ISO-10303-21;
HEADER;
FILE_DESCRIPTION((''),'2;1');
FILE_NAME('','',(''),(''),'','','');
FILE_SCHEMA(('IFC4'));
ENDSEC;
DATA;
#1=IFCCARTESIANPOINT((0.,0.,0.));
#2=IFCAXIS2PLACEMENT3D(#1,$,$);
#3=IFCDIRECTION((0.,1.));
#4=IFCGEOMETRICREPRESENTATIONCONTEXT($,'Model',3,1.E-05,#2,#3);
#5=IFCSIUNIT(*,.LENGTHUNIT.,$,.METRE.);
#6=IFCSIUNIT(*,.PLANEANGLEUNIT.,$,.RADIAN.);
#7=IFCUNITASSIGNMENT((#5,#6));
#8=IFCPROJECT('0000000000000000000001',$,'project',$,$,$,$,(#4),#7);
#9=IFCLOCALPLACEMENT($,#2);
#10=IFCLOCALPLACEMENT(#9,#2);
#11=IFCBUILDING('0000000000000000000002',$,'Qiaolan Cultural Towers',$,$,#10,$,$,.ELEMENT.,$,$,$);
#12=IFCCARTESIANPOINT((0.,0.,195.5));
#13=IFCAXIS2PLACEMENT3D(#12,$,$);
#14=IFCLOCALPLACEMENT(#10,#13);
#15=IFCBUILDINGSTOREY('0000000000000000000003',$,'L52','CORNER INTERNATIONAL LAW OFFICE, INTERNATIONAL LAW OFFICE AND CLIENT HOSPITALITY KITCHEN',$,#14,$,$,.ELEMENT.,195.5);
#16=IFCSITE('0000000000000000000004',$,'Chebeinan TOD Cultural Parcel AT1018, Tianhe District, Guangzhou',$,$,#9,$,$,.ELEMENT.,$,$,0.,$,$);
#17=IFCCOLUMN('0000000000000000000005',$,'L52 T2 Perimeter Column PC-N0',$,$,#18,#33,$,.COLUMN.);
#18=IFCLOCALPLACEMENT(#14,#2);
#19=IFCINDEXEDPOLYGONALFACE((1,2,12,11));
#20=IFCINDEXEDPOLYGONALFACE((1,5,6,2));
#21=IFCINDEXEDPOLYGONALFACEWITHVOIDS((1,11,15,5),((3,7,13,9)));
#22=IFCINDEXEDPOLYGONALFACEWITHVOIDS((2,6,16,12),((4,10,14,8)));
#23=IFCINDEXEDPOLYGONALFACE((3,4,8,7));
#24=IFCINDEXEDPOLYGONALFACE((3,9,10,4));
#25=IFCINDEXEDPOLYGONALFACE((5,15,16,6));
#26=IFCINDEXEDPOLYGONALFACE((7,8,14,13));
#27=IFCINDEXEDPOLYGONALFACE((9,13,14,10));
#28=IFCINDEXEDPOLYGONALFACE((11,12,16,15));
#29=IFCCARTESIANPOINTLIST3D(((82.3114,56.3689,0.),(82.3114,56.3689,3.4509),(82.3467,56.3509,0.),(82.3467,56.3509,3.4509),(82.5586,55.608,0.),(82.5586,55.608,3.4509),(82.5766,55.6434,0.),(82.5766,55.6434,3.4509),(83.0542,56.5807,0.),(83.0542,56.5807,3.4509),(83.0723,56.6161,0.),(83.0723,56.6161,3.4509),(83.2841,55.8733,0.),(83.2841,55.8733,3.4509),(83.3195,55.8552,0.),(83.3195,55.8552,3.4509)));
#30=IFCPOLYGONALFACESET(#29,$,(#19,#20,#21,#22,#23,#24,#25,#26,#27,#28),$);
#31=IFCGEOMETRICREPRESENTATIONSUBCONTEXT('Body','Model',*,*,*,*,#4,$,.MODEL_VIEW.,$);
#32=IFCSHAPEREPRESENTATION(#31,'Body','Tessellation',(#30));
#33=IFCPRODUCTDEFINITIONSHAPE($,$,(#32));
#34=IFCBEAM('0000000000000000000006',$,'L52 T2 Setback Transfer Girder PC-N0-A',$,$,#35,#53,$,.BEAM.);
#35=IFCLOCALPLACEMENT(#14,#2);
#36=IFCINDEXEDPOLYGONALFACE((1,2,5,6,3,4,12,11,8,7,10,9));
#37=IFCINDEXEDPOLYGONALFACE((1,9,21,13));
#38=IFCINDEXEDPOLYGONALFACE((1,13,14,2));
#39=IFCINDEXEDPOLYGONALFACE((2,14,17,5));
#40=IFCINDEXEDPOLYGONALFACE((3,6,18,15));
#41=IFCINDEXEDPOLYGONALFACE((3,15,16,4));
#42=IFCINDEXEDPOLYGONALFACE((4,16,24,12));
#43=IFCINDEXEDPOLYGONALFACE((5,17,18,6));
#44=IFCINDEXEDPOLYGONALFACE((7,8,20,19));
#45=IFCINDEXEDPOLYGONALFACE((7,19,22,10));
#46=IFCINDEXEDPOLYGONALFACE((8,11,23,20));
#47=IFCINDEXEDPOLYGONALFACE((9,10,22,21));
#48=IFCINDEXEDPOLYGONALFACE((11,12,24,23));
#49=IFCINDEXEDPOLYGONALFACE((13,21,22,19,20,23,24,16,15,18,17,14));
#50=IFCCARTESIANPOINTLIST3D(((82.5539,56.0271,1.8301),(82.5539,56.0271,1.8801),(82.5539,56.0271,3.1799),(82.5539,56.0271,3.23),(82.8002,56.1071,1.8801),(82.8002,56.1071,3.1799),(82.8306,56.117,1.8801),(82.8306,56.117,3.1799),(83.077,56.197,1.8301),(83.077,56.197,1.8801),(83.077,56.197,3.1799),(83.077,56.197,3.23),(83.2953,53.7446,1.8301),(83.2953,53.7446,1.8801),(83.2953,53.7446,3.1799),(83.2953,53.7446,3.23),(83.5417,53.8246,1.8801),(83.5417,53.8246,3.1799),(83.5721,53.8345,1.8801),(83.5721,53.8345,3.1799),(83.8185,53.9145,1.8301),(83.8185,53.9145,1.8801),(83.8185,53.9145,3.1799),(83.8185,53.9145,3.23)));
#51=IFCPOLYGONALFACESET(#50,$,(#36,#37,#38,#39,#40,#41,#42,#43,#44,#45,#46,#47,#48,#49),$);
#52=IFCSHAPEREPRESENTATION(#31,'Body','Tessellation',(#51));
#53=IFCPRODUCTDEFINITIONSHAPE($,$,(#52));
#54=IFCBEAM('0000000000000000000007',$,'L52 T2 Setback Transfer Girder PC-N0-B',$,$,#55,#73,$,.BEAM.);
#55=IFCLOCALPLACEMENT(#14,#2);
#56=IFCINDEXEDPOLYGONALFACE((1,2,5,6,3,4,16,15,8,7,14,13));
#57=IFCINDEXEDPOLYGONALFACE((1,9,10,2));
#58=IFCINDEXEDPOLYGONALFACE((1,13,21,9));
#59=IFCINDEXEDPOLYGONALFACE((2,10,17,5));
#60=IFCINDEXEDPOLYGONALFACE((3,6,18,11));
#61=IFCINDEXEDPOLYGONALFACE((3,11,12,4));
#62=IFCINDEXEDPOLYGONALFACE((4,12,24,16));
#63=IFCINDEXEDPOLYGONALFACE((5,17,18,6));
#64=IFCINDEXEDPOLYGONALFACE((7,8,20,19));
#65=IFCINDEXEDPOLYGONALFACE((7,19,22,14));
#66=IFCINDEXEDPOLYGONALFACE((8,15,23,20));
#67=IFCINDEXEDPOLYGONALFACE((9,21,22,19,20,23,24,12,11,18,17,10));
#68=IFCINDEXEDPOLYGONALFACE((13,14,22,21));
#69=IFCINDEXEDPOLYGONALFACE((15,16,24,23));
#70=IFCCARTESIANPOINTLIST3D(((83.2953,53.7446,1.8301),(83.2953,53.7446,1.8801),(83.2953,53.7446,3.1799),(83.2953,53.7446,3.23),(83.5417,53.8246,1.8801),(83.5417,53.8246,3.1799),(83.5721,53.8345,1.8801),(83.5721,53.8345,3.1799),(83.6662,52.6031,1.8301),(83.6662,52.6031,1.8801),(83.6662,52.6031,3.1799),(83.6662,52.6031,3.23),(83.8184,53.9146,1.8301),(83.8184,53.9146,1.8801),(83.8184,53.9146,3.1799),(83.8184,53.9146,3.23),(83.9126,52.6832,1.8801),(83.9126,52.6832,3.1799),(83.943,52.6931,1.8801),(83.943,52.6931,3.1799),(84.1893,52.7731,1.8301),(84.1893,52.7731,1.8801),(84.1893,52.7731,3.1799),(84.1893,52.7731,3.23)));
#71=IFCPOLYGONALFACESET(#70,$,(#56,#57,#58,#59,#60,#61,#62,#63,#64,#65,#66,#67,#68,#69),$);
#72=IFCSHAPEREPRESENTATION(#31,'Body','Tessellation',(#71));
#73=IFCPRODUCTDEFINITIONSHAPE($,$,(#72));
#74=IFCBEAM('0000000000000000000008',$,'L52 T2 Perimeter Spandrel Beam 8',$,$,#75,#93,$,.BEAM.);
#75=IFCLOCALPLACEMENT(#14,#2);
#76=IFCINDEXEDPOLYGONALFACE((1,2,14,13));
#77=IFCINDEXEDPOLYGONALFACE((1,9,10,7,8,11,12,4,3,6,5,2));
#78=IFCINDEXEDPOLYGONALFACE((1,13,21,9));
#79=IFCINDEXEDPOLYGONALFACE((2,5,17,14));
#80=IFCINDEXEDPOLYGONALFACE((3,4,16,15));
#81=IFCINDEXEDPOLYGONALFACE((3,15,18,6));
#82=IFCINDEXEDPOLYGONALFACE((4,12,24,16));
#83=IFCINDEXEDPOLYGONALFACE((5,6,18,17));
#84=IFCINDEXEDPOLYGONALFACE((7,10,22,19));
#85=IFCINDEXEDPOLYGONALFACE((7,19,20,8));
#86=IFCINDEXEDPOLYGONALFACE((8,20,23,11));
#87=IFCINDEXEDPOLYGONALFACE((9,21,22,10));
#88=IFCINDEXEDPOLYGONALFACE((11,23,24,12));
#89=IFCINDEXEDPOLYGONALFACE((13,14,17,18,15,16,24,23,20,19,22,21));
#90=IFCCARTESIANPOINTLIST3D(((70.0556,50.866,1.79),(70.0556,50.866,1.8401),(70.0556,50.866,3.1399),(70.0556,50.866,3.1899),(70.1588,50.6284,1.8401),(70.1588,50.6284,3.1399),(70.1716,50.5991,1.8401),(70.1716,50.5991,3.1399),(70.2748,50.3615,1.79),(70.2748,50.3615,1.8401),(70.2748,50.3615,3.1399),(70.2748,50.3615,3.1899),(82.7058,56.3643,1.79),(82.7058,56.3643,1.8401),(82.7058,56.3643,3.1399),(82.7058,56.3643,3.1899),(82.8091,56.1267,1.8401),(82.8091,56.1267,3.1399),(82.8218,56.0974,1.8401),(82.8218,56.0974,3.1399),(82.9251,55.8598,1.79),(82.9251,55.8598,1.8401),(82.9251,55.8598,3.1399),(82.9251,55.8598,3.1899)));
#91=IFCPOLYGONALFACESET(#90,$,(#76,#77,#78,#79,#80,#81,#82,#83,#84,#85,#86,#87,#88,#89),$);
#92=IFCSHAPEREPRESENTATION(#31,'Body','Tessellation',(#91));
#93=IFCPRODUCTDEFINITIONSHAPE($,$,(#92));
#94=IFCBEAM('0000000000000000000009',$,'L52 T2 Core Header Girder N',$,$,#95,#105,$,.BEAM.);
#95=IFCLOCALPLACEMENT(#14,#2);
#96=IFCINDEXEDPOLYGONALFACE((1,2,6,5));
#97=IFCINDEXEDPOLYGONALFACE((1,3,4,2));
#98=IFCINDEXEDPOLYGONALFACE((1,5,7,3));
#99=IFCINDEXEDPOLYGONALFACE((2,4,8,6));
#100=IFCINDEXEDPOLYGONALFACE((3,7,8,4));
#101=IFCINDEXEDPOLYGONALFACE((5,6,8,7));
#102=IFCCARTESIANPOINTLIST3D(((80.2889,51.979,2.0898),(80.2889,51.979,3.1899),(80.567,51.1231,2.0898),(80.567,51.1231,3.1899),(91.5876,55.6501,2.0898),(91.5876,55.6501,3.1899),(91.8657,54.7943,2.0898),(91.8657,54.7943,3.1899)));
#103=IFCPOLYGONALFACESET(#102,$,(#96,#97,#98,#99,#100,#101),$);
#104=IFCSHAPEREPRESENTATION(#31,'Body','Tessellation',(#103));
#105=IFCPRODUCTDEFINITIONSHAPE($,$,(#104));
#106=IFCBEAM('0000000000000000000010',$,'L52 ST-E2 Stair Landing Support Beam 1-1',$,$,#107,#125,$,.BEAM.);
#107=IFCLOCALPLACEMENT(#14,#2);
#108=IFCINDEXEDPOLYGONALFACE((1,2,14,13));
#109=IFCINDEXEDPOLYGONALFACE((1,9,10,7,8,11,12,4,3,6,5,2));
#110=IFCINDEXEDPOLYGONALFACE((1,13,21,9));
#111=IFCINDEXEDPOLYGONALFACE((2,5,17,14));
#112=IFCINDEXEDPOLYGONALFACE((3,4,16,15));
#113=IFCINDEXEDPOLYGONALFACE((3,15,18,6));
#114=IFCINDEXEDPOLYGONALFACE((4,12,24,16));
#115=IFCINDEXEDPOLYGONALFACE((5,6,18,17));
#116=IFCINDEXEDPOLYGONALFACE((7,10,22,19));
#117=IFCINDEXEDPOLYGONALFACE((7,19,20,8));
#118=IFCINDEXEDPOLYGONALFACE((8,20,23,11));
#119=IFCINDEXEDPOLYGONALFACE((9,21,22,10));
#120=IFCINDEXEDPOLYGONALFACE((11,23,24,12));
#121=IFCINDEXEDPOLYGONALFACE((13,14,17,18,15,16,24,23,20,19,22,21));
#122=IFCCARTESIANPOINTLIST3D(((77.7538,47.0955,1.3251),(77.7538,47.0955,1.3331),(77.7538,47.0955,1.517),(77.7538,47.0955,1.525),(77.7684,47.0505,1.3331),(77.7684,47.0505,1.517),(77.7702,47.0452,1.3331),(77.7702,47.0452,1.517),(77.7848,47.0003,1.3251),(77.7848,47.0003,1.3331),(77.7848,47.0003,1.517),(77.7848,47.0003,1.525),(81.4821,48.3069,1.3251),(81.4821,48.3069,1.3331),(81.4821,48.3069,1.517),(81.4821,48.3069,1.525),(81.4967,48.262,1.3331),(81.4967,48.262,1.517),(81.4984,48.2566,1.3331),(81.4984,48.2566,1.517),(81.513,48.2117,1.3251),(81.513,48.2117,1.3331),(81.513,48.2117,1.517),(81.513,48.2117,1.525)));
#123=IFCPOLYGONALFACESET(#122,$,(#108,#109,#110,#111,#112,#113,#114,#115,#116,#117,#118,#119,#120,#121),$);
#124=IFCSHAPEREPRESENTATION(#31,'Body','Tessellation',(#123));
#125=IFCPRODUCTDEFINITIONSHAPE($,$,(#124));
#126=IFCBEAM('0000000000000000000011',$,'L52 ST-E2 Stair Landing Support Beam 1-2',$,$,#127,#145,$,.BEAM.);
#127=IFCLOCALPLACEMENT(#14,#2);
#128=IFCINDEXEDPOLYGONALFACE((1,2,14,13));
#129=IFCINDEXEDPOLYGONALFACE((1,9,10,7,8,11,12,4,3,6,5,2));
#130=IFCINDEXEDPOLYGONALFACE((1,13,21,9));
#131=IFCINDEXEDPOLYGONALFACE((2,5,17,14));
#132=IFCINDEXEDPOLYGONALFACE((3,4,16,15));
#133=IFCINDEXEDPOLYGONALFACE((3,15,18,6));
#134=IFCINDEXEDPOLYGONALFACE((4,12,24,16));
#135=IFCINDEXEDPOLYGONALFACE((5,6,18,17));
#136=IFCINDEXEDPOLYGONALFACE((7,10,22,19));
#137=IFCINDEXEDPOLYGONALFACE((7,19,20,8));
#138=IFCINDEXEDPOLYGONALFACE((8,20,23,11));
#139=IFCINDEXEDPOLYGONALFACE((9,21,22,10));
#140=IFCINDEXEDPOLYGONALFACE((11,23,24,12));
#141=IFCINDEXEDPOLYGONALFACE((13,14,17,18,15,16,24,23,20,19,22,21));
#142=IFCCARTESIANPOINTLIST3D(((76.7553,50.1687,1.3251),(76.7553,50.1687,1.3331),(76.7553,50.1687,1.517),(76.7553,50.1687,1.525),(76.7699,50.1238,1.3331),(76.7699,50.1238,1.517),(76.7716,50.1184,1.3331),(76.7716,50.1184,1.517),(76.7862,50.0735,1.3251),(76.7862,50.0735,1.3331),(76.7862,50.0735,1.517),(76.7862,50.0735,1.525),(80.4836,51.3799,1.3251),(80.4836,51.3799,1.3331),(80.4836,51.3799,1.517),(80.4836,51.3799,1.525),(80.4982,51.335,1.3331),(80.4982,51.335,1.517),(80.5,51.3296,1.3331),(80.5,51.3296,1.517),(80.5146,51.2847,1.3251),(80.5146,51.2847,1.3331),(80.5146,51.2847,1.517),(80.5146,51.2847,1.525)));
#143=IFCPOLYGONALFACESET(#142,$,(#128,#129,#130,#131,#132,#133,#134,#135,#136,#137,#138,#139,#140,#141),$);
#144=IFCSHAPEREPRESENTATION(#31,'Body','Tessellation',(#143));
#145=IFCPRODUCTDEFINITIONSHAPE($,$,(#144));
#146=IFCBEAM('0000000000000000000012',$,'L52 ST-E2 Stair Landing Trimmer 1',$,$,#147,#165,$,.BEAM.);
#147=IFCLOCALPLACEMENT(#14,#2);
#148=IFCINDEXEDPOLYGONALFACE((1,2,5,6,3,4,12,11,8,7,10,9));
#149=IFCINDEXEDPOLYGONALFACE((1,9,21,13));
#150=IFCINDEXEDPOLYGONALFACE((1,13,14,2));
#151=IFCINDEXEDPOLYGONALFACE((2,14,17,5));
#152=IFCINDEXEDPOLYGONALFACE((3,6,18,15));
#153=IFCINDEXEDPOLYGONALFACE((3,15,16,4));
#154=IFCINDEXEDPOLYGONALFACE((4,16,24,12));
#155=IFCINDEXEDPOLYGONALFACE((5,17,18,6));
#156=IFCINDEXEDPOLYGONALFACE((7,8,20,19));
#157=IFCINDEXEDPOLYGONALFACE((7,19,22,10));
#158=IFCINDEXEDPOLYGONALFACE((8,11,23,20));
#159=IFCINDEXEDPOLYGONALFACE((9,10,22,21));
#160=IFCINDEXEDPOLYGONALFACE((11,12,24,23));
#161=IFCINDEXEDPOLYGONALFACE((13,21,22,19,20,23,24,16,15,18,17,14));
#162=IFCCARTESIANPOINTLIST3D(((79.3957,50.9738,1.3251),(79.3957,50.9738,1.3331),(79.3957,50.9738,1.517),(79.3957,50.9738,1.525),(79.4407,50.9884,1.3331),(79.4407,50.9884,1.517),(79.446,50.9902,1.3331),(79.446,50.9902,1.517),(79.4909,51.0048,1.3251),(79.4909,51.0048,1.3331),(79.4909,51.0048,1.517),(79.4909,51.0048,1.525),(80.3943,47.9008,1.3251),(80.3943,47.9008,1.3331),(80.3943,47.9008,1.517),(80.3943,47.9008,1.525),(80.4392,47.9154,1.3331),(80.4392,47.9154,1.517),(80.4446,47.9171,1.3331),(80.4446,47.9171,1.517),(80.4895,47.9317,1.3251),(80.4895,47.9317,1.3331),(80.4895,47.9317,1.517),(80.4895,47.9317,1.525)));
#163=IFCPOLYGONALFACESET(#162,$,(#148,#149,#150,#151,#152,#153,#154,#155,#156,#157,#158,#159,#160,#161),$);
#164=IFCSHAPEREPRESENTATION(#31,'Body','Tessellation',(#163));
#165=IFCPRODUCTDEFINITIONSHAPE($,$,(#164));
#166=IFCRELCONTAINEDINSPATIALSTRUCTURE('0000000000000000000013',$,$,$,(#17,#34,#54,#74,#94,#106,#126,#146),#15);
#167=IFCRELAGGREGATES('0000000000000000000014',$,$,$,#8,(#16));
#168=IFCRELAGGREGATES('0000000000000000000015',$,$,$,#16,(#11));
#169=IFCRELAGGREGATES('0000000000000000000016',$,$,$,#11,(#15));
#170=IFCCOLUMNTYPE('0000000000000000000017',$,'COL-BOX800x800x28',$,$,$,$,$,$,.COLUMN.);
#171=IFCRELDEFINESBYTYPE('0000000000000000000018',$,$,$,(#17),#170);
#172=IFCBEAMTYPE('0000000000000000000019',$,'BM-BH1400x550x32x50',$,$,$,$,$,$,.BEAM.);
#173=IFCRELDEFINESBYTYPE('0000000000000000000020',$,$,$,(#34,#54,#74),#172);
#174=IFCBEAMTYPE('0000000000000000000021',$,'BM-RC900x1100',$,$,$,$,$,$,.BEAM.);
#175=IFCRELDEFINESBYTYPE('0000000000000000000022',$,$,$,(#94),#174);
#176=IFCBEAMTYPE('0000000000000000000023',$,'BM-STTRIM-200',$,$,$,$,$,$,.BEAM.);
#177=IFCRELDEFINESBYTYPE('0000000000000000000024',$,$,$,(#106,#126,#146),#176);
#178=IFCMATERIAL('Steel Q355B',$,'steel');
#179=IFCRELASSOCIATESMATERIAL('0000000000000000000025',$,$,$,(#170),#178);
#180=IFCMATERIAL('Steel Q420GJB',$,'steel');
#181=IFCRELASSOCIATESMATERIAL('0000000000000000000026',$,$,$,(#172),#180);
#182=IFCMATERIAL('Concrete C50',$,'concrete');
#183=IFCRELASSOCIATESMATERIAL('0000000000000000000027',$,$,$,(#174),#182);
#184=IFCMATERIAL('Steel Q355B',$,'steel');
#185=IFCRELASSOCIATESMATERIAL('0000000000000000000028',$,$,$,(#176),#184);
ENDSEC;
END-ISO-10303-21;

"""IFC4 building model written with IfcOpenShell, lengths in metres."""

from ifc_helpers import new_model, si_unit, direction, frame, origin, origin_2d, place, context, subcontext, project, spatial, rectangle, hollow_rectangle, i_section, extrude, material, material_profile, profile_set, type_object, element, save


model = new_model("IFC4")

# Units and contexts
model_context = context("Model", 3, precision=1e-05, world=origin(), true_north=direction((0.0, 1.0)))
body_context = subcontext(model_context, "Body", "Model", "MODEL_VIEW")
ifc_project = project(units=[si_unit("LENGTHUNIT", "METRE"), si_unit("PLANEANGLEUNIT", "RADIAN")], contexts=[model_context])

# Site, building, storey
site_placement = place(None, origin())
site = spatial("IfcSite", under=ifc_project, at=site_placement, Name="Chebeinan TOD Cultural Parcel AT1018, Tianhe District, Guangzhou", CompositionType="ELEMENT", RefElevation=0.0)
building_placement = place(site_placement, origin())
building = spatial("IfcBuilding", under=site, at=building_placement, Name="Qiaolan Cultural Towers", CompositionType="ELEMENT")
storey_placement = place(building_placement, frame((0.0, 0.0, 195.5)))
storey = spatial("IfcBuildingStorey", under=building, at=storey_placement, Name="L52", Description="CORNER INTERNATIONAL LAW OFFICE, INTERNATIONAL LAW OFFICE AND CLIENT HOSPITALITY KITCHEN", CompositionType="ELEMENT", Elevation=195.5)

# Column
ifc_material_1 = material(Name="Steel Q355B", Category="steel")
ifc_material_profile_1 = material_profile(ifc_material_1, hollow_rectangle(XDim=0.8, YDim=0.8, WallThickness=0.0281, at=origin_2d()), Name="BOX800x800x28")
ifc_profile_set_1 = profile_set([ifc_material_profile_1], Name="Steel Q355B")
column_type = type_object("IfcColumnType", Name="COL-BOX800x800x28", PredefinedType="COLUMN", material=ifc_profile_set_1)
column_placement = place(storey_placement, frame((82.8154, 56.1121, 0.0), z_axis=(0.0, 0.0, 1.0), x_axis=(0.951057, 0.309017, 0.0)))
element("IfcColumn", 1, at=column_placement, inside=storey, type_object=column_type, Name="L52 T2 Perimeter Column PC-N0", PredefinedType="COLUMN", context=body_context, shape_type="SweptSolid", body=[
    extrude(hollow_rectangle(XDim=0.8, YDim=0.8, WallThickness=0.0281, at=origin_2d()), origin(), (0.0, 0.0, 1.0), 3.4509),
])

# Beams
ifc_material_2 = material(Name="Steel Q420GJB", Category="steel")
ifc_material_profile_2 = material_profile(ifc_material_2, i_section(OverallWidth=0.55, OverallDepth=1.3999, WebThickness=0.032, FlangeThickness=0.05, at=origin_2d()), Name="BH1400x550x32x50")
ifc_profile_set_2 = profile_set([ifc_material_profile_2], Name="Steel Q420GJB")
beam_type_1 = type_object("IfcBeamType", Name="BM-BH1400x550x32x50", PredefinedType="BEAM", material=ifc_profile_set_2)
beam_1_placement = place(storey_placement, frame((82.8154, 56.1121, 2.53), z_axis=(0.308955, -0.951077, 0.0), x_axis=(0.951077, 0.308955, 0.0)))
element("IfcBeam", 2, at=beam_1_placement, inside=storey, type_object=beam_type_1, Name="L52 T2 Setback Transfer Girder PC-N0-A", PredefinedType="BEAM", context=body_context, shape_type="SweptSolid", body=[
    extrude(i_section(OverallWidth=0.55, OverallDepth=1.3999, WebThickness=0.032, FlangeThickness=0.05, at=origin_2d()), origin(), (0.0, 0.0, 1.0), 2.3999),
])
beam_2_placement = place(storey_placement, frame((83.5569, 53.8296, 2.53), z_axis=(0.309017, -0.951056, 0.0), x_axis=(0.951056, 0.309017, 0.0)))
element("IfcBeam", 3, at=beam_2_placement, inside=storey, type_object=beam_type_1, Name="L52 T2 Setback Transfer Girder PC-N0-B", PredefinedType="BEAM", context=body_context, shape_type="SweptSolid", body=[
    extrude(i_section(OverallWidth=0.55, OverallDepth=1.3999, WebThickness=0.032, FlangeThickness=0.05, at=origin_2d()), origin(), (0.0, 0.0, 1.0), 1.2002),
])
beam_3_placement = place(storey_placement, frame((82.8154, 56.1121, 2.49), z_axis=(-0.917117, -0.398618, 0.0), x_axis=(0.398618, -0.917117, 0.0)))
element("IfcBeam", 4, at=beam_3_placement, inside=storey, type_object=beam_type_1, Name="L52 T2 Perimeter Spandrel Beam 8", PredefinedType="BEAM", context=body_context, shape_type="SweptSolid", body=[
    extrude(i_section(OverallWidth=0.55, OverallDepth=1.3999, WebThickness=0.032, FlangeThickness=0.05, at=origin_2d()), origin(), (0.0, 0.0, 1.0), 13.7935),
])
ifc_material_3 = material(Name="Concrete C50", Category="concrete")
ifc_material_profile_3 = material_profile(ifc_material_3, rectangle(XDim=0.8999, YDim=1.1001, at=origin_2d()), Name="RC900x1100")
ifc_profile_set_3 = profile_set([ifc_material_profile_3], Name="Concrete C50")
beam_type_2 = type_object("IfcBeamType", Name="BM-RC900x1100", PredefinedType="BEAM", material=ifc_profile_set_3)
beam_4_placement = place(storey_placement, frame((80.428, 51.551, 2.6399), z_axis=(0.951056, 0.309018, 0.0), x_axis=(-0.309018, 0.951056, 0.0)))
element("IfcBeam", 5, at=beam_4_placement, inside=storey, type_object=beam_type_2, Name="L52 T2 Core Header Girder N", PredefinedType="BEAM", context=body_context, shape_type="SweptSolid", body=[
    extrude(rectangle(XDim=0.8999, YDim=1.1001, at=origin_2d()), origin(), (0.0, 0.0, 1.0), 11.8801),
])
ifc_material_4 = material(Name="Steel Q355B", Category="steel")
ifc_material_profile_4 = material_profile(ifc_material_4, i_section(OverallWidth=0.1001, OverallDepth=0.2, WebThickness=0.0056, FlangeThickness=0.0081, at=origin_2d()), Name="HN200x100x5.5x8")
ifc_profile_set_4 = profile_set([ifc_material_profile_4], Name="Steel Q355B")
beam_type_3 = type_object("IfcBeamType", Name="BM-STTRIM-200", PredefinedType="BEAM", material=ifc_profile_set_4)
for number, where, z_axis, x_axis, name in (
    (6, (77.7693, 47.0479, 1.425), (0.951054, 0.309026, 0.0), (-0.309026, 0.951054, 0.0), "L52 ST-E2 Stair Landing Support Beam 1-1"),
    (7, (76.7708, 50.1211, 1.425), (0.951072, 0.308969, 0.0), (-0.308969, 0.951072, 0.0), "L52 ST-E2 Stair Landing Support Beam 1-2"),
):
    element("IfcBeam", number, at=place(storey_placement, frame(where, z_axis=z_axis, x_axis=x_axis)), inside=storey, type_object=beam_type_3, Name=name, PredefinedType="BEAM", context=body_context, shape_type="SweptSolid", body=[
        extrude(i_section(OverallWidth=0.1001, OverallDepth=0.2, WebThickness=0.0056, FlangeThickness=0.0081, at=origin_2d()), origin(), (0.0, 0.0, 1.0), 3.9202),
    ])
beam_5_placement = place(storey_placement, frame((80.4419, 47.9163, 1.425), z_axis=(-0.309033, 0.951051, 0.0), x_axis=(-0.951051, -0.309033, 0.0)))
element("IfcBeam", 8, at=beam_5_placement, inside=storey, type_object=beam_type_3, Name="L52 ST-E2 Stair Landing Trimmer 1", PredefinedType="BEAM", context=body_context, shape_type="SweptSolid", body=[
    extrude(i_section(OverallWidth=0.1001, OverallDepth=0.2, WebThickness=0.0056, FlangeThickness=0.0081, at=origin_2d()), origin(), (0.0, 0.0, 1.0), 3.2312),
])

save(model, "model.ifc")
